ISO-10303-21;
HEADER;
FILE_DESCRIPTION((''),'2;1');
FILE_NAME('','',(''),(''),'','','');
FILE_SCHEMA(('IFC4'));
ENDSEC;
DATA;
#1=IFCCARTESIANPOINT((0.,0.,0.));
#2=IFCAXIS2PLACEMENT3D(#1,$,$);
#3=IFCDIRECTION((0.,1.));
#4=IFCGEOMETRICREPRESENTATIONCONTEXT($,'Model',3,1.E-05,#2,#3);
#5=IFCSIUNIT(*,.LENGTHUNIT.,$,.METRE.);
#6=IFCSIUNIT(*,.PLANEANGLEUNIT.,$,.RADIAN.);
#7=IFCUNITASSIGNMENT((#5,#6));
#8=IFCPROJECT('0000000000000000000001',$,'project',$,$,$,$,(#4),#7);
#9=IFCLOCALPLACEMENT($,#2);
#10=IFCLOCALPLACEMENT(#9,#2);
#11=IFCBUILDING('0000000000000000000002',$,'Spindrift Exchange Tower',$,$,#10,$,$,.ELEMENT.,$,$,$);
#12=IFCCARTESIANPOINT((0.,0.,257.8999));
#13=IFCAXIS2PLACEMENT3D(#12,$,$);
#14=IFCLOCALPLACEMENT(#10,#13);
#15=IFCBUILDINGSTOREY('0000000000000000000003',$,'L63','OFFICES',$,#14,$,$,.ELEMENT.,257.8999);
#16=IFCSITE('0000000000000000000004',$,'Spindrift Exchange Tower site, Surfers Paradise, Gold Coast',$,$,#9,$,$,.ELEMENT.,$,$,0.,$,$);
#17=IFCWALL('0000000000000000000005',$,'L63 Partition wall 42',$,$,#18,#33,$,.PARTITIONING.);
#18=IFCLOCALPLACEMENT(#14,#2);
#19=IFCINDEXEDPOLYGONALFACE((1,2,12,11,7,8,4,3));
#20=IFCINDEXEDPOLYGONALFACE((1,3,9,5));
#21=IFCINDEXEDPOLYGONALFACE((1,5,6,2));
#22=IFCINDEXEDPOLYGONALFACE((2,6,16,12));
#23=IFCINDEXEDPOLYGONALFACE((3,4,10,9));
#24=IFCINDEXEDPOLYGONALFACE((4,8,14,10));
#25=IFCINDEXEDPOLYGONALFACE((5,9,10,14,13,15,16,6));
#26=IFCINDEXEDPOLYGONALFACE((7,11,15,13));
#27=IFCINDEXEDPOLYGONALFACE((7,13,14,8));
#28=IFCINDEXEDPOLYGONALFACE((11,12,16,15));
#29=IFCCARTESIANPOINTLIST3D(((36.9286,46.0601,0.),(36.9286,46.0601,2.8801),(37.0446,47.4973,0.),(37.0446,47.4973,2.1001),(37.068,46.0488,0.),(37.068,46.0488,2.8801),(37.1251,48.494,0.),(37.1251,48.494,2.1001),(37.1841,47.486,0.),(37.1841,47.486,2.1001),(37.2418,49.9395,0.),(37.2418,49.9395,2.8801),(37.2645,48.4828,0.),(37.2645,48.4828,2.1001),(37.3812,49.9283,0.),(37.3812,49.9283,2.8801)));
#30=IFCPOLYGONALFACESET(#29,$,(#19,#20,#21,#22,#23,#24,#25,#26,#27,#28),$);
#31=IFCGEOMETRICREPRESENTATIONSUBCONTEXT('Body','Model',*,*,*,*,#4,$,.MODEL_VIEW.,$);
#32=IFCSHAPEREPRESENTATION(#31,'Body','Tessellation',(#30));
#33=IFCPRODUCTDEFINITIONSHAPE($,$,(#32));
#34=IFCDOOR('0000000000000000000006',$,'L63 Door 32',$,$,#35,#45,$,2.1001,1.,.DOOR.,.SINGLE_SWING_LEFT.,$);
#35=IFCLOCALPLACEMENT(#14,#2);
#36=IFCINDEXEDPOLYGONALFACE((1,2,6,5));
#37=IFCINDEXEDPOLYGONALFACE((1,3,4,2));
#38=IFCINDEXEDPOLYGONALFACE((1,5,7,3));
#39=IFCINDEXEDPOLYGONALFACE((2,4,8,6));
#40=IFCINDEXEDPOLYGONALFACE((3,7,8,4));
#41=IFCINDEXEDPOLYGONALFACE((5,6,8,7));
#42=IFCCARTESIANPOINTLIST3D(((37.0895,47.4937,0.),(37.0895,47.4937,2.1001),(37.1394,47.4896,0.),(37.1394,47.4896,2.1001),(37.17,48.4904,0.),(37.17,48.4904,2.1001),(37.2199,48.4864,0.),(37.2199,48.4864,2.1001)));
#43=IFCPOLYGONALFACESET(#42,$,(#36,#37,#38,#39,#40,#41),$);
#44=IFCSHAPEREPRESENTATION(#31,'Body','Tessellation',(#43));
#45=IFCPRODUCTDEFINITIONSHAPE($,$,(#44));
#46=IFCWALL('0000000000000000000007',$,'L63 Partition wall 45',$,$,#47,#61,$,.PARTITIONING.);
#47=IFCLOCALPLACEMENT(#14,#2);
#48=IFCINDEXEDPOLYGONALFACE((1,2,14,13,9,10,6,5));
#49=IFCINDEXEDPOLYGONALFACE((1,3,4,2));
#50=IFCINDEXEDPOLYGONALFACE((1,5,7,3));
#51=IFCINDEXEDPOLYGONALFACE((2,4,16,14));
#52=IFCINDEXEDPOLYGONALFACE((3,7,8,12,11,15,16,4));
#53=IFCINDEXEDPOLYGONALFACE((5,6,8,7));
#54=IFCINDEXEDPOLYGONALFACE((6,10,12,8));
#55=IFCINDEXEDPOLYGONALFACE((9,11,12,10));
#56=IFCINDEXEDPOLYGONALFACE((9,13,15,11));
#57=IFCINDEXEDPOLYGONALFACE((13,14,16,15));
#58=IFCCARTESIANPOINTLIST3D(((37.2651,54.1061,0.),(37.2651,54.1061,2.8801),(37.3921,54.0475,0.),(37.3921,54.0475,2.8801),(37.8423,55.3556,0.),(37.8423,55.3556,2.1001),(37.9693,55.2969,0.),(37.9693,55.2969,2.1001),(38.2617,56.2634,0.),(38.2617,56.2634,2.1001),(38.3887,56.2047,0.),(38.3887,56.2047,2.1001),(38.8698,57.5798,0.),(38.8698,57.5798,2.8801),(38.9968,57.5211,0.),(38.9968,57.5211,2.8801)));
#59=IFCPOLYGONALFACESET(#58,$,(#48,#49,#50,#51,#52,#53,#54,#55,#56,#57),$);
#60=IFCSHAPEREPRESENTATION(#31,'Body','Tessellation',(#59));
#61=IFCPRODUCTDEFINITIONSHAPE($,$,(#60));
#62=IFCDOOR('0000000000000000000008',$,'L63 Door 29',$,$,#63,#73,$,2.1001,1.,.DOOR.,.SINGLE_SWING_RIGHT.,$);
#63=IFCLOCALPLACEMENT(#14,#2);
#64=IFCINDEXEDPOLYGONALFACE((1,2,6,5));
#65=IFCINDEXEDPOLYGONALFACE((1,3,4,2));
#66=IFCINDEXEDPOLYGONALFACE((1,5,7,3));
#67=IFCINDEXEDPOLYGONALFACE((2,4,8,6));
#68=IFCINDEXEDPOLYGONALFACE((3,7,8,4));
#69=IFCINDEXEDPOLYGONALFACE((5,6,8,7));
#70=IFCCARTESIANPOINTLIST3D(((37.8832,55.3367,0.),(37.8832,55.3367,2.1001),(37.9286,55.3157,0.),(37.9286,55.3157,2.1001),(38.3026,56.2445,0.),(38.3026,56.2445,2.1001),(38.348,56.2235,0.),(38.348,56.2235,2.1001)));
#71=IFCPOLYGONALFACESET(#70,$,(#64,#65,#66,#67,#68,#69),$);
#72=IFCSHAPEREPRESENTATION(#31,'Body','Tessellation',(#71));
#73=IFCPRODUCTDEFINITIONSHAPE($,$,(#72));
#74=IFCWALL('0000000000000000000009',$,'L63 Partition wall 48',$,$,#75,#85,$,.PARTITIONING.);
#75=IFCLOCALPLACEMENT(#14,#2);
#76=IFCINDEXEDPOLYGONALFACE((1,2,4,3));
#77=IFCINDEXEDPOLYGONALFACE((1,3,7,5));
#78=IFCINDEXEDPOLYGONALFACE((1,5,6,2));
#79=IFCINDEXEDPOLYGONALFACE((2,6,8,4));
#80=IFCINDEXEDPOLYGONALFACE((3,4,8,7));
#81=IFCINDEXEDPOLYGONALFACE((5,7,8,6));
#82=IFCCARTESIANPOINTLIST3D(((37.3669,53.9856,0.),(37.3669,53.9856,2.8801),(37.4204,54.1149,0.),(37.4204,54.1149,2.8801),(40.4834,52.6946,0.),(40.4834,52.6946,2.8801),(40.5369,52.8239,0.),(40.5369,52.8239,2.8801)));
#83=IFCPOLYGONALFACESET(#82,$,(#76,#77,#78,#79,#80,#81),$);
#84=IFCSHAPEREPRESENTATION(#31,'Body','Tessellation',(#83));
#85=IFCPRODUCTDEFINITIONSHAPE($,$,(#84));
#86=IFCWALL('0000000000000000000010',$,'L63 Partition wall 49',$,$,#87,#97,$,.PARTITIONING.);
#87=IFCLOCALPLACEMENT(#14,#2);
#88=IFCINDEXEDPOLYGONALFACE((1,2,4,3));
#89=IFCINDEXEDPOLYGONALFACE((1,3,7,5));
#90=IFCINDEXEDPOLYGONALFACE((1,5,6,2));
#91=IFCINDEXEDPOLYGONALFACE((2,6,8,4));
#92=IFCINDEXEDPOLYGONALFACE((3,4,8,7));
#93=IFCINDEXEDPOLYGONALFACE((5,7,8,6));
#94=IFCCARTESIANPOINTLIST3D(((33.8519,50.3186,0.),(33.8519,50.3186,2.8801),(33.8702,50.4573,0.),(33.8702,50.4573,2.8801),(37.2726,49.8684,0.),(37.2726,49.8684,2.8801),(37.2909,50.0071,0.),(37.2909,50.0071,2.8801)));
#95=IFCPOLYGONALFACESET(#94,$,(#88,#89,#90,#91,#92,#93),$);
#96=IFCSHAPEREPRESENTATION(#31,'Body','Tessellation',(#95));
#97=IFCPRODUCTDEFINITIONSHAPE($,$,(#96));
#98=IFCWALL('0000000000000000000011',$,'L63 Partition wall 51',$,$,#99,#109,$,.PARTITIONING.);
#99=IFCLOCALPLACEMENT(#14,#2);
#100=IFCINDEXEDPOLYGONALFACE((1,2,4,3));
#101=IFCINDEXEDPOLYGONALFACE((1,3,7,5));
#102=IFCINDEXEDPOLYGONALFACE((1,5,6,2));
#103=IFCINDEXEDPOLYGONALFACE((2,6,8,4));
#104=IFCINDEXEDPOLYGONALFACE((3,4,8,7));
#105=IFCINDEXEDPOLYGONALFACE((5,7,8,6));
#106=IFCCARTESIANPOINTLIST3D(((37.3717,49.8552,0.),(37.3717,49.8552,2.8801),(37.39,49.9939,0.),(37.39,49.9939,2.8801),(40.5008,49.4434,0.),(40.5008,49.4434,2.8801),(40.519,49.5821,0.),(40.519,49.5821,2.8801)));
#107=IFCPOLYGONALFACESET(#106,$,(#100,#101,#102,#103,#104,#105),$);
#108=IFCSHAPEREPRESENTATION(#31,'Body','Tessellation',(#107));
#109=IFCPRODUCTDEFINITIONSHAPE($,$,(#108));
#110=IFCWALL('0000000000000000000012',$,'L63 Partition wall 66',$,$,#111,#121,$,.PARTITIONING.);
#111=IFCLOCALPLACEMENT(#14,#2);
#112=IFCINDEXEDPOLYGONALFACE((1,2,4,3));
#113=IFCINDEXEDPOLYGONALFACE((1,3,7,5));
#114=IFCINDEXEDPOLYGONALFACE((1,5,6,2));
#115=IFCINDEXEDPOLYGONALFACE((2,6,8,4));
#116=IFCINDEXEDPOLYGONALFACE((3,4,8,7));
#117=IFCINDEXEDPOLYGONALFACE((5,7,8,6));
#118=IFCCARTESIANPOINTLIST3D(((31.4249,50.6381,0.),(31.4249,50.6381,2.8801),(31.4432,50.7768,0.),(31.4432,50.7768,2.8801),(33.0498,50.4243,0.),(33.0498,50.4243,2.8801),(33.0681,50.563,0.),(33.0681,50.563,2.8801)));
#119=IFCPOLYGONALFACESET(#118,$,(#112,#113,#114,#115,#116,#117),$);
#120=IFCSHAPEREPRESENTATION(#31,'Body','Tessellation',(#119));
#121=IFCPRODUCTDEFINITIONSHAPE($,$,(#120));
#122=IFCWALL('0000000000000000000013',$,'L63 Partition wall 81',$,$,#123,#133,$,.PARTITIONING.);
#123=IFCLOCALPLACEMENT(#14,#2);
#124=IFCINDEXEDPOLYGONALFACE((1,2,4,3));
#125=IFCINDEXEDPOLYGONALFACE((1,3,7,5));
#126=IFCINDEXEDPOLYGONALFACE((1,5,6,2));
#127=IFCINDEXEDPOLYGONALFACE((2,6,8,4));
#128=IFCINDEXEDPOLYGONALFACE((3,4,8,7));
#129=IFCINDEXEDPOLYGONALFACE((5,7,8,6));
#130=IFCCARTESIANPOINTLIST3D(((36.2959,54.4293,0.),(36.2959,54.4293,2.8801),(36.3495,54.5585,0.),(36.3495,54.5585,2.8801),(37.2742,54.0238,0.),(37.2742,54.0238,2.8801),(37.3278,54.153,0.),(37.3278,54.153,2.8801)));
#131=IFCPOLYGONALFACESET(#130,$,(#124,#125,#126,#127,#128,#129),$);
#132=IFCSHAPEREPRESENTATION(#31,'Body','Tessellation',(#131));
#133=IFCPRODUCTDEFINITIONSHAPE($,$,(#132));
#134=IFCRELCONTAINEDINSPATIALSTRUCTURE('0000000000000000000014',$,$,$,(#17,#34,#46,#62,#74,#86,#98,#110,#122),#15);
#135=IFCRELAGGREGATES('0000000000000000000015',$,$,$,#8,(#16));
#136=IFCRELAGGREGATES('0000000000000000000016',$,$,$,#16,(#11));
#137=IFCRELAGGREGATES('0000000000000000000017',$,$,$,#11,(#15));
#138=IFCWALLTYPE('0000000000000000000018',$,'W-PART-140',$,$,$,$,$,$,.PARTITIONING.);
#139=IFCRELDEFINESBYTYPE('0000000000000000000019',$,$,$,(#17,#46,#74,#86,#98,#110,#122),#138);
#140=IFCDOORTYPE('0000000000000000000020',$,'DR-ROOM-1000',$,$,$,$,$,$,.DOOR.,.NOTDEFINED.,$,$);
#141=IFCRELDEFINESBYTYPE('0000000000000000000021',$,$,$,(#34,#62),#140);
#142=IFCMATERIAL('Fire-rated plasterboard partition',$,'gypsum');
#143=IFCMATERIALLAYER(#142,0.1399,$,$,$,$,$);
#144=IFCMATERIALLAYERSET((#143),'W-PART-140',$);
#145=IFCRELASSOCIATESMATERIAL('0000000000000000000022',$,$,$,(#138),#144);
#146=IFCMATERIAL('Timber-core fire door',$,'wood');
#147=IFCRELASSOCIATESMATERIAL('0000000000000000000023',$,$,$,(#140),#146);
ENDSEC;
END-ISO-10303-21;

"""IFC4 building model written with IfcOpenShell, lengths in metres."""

from ifc_helpers import new_model, si_unit, direction, frame, frame_2d, origin, place, context, subcontext, project, spatial, rectangle, extrude, source, transform, mapped, material, layer, layer_set, type_object, element, fill, save


model = new_model("IFC4")

# Units and contexts
model_context = context("Model", 3, precision=1e-05, world=origin(), true_north=direction((0.0, 1.0)))
body_context = subcontext(model_context, "Body", "Model", "MODEL_VIEW")
ifc_project = project(units=[si_unit("LENGTHUNIT", "METRE"), si_unit("PLANEANGLEUNIT", "RADIAN")], contexts=[model_context])

# Site, building, storey
site_placement = place(None, origin())
site = spatial("IfcSite", under=ifc_project, at=site_placement, Name="Spindrift Exchange Tower site, Surfers Paradise, Gold Coast", CompositionType="ELEMENT", RefElevation=0.0)
building_placement = place(site_placement, origin())
building = spatial("IfcBuilding", under=site, at=building_placement, Name="Spindrift Exchange Tower", CompositionType="ELEMENT")
storey_placement = place(building_placement, frame((0.0, 0.0, 257.8999)))
storey = spatial("IfcBuildingStorey", under=building, at=storey_placement, Name="L63", Description="OFFICES", CompositionType="ELEMENT", Elevation=257.8999)

# Walls, openings, doors
ifc_material_1 = material(Name="Fire-rated plasterboard partition", Category="gypsum")
ifc_layer_1 = layer(ifc_material_1, 0.1399)
ifc_layer_set_1 = layer_set([ifc_layer_1], Name="W-PART-140")
wall_type = type_object("IfcWallType", Name="W-PART-140", PredefinedType="PARTITIONING", material=ifc_layer_set_1)
wall_1_placement = place(storey_placement, frame((36.9983, 46.0544, 0.0), z_axis=(0.0, 0.0, 1.0), x_axis=(0.080481, 0.996756, 0.0)))
wall_1 = element("IfcWall", 1, at=wall_1_placement, inside=storey, type_object=wall_type, Name="L63 Partition wall 42", PredefinedType="PARTITIONING", context=body_context, shape_type="SweptSolid", body=[
    extrude(rectangle(XDim=3.8921, YDim=0.1399, at=frame_2d((1.946, 0.0))), origin(), (0.0, 0.0, 1.0), 2.8801),
])
opening_1_placement = place(wall_1_placement, frame((1.4419, 0.0, 0.0)))
opening_1 = element("IfcOpeningElement", 2, at=opening_1_placement, cuts=wall_1, PredefinedType="OPENING", context=body_context, shape_type="SweptSolid", body=[
    extrude(rectangle(XDim=1.0, YDim=2.1001, at=frame_2d((0.5, 1.05))), frame((0.0, 0.0798, 0.0), z_axis=(0.0, -1.0, 0.0), x_axis=(1.0, 0.0, 0.0)), (0.0, 0.0, 1.0), 0.1599),
])
ifc_material_2 = material(Name="Timber-core fire door", Category="wood")
door_type = type_object("IfcDoorType", Name="DR-ROOM-1000", OperationType="NOTDEFINED", PredefinedType="DOOR", material=ifc_material_2)
shared_shape_1 = source(origin(), body_context, "Body", "SweptSolid", [
    extrude(rectangle(XDim=1.0, YDim=2.1001, at=frame_2d((0.5, 1.05))), frame((0.0, 0.0249, 0.0), z_axis=(0.0, -1.0, 0.0), x_axis=(1.0, 0.0, 0.0)), (0.0, 0.0, 1.0), 0.05),
])
door_1_placement = place(opening_1_placement, origin())
door_1 = element("IfcDoor", 3, at=door_1_placement, inside=storey, type_object=door_type, Name="L63 Door 32", OperationType="SINGLE_SWING_LEFT", OverallHeight=2.1001, OverallWidth=1.0, PredefinedType="DOOR", context=body_context, shape_type="MappedRepresentation", body=[
    mapped(shared_shape_1, transform((0.0, 0.0, 0.0), scale=1.0)),
])
fill(opening_1, door_1)
wall_2_placement = place(storey_placement, frame((37.3286, 54.0769, 0.0), z_axis=(0.0, 0.0, 1.0), x_axis=(0.419386, 0.907808, 0.0)))
wall_2 = element("IfcWall", 4, at=wall_2_placement, inside=storey, type_object=wall_type, Name="L63 Partition wall 45", PredefinedType="PARTITIONING", context=body_context, shape_type="SweptSolid", body=[
    extrude(rectangle(XDim=3.8264, YDim=0.1399, at=frame_2d((1.9131, 0.0))), origin(), (0.0, 0.0, 1.0), 2.8801),
])
opening_2_placement = place(wall_2_placement, frame((1.3762, 0.0, 0.0)))
opening_2 = element("IfcOpeningElement", 5, at=opening_2_placement, cuts=wall_2, PredefinedType="OPENING", context=body_context, shape_type="SweptSolid", body=[
    extrude(rectangle(XDim=1.0, YDim=2.1001, at=frame_2d((0.5, 1.05))), frame((0.0, 0.0798, 0.0), z_axis=(0.0, -1.0, 0.0), x_axis=(1.0, 0.0, 0.0)), (0.0, 0.0, 1.0), 0.1599),
])
door_2_placement = place(opening_2_placement, origin())
door_2 = element("IfcDoor", 6, at=door_2_placement, inside=storey, type_object=door_type, Name="L63 Door 29", OperationType="SINGLE_SWING_RIGHT", OverallHeight=2.1001, OverallWidth=1.0, PredefinedType="DOOR", context=body_context, shape_type="MappedRepresentation", body=[
    mapped(shared_shape_1, transform((0.0, 0.0, 0.0), scale=1.0)),
])
fill(opening_2, door_2)

# Walls
wall_3_placement = place(storey_placement, frame((40.51, 52.7593, 0.0), z_axis=(0.0, 0.0, 1.0), x_axis=(-0.923865, 0.382718, 0.0)))
element("IfcWall", 7, at=wall_3_placement, inside=storey, type_object=wall_type, Name="L63 Partition wall 48", PredefinedType="PARTITIONING", context=body_context, shape_type="SweptSolid", body=[
    extrude(rectangle(XDim=3.3733, YDim=0.1399, at=frame_2d((1.6865, 0.0))), origin(), (0.0, 0.0, 1.0), 2.8801),
])
wall_4_placement = place(storey_placement, frame((37.2817, 49.9377, 0.0), z_axis=(0.0, 0.0, 1.0), x_axis=(-0.99145, 0.130486, 0.0)))
element("IfcWall", 8, at=wall_4_placement, inside=storey, type_object=wall_type, Name="L63 Partition wall 49", PredefinedType="PARTITIONING", context=body_context, shape_type="SweptSolid", body=[
    extrude(rectangle(XDim=3.4502, YDim=0.1399, at=frame_2d((1.7251, 0.0))), origin(), (0.0, 0.0, 1.0), 2.8801),
])
wall_5_placement = place(storey_placement, frame((40.51, 49.5127, 0.0), z_axis=(0.0, 0.0, 1.0), x_axis=(-0.991447, 0.130507, 0.0)))
element("IfcWall", 9, at=wall_5_placement, inside=storey, type_object=wall_type, Name="L63 Partition wall 51", PredefinedType="PARTITIONING", context=body_context, shape_type="SweptSolid", body=[
    extrude(rectangle(XDim=3.156, YDim=0.1399, at=frame_2d((1.5781, 0.0))), origin(), (0.0, 0.0, 1.0), 2.8801),
])
wall_6_placement = place(storey_placement, frame((33.0588, 50.4937, 0.0), z_axis=(0.0, 0.0, 1.0), x_axis=(-0.99145, 0.130485, 0.0)))
element("IfcWall", 10, at=wall_6_placement, inside=storey, type_object=wall_type, Name="L63 Partition wall 66", PredefinedType="PARTITIONING", context=body_context, shape_type="SweptSolid", body=[
    extrude(rectangle(XDim=1.6389, YDim=0.1399, at=frame_2d((0.8193, 0.0))), origin(), (0.0, 0.0, 1.0), 2.8801),
])
wall_7_placement = place(storey_placement, frame((37.301, 54.0884, 0.0), z_axis=(0.0, 0.0, 1.0), x_axis=(-0.923778, 0.382929, 0.0)))
element("IfcWall", 11, at=wall_7_placement, inside=storey, type_object=wall_type, Name="L63 Partition wall 81", PredefinedType="PARTITIONING", context=body_context, shape_type="SweptSolid", body=[
    extrude(rectangle(XDim=1.0591, YDim=0.1399, at=frame_2d((0.5295, 0.0))), origin(), (0.0, 0.0, 1.0), 2.8801),
])

save(model, "model.ifc")
